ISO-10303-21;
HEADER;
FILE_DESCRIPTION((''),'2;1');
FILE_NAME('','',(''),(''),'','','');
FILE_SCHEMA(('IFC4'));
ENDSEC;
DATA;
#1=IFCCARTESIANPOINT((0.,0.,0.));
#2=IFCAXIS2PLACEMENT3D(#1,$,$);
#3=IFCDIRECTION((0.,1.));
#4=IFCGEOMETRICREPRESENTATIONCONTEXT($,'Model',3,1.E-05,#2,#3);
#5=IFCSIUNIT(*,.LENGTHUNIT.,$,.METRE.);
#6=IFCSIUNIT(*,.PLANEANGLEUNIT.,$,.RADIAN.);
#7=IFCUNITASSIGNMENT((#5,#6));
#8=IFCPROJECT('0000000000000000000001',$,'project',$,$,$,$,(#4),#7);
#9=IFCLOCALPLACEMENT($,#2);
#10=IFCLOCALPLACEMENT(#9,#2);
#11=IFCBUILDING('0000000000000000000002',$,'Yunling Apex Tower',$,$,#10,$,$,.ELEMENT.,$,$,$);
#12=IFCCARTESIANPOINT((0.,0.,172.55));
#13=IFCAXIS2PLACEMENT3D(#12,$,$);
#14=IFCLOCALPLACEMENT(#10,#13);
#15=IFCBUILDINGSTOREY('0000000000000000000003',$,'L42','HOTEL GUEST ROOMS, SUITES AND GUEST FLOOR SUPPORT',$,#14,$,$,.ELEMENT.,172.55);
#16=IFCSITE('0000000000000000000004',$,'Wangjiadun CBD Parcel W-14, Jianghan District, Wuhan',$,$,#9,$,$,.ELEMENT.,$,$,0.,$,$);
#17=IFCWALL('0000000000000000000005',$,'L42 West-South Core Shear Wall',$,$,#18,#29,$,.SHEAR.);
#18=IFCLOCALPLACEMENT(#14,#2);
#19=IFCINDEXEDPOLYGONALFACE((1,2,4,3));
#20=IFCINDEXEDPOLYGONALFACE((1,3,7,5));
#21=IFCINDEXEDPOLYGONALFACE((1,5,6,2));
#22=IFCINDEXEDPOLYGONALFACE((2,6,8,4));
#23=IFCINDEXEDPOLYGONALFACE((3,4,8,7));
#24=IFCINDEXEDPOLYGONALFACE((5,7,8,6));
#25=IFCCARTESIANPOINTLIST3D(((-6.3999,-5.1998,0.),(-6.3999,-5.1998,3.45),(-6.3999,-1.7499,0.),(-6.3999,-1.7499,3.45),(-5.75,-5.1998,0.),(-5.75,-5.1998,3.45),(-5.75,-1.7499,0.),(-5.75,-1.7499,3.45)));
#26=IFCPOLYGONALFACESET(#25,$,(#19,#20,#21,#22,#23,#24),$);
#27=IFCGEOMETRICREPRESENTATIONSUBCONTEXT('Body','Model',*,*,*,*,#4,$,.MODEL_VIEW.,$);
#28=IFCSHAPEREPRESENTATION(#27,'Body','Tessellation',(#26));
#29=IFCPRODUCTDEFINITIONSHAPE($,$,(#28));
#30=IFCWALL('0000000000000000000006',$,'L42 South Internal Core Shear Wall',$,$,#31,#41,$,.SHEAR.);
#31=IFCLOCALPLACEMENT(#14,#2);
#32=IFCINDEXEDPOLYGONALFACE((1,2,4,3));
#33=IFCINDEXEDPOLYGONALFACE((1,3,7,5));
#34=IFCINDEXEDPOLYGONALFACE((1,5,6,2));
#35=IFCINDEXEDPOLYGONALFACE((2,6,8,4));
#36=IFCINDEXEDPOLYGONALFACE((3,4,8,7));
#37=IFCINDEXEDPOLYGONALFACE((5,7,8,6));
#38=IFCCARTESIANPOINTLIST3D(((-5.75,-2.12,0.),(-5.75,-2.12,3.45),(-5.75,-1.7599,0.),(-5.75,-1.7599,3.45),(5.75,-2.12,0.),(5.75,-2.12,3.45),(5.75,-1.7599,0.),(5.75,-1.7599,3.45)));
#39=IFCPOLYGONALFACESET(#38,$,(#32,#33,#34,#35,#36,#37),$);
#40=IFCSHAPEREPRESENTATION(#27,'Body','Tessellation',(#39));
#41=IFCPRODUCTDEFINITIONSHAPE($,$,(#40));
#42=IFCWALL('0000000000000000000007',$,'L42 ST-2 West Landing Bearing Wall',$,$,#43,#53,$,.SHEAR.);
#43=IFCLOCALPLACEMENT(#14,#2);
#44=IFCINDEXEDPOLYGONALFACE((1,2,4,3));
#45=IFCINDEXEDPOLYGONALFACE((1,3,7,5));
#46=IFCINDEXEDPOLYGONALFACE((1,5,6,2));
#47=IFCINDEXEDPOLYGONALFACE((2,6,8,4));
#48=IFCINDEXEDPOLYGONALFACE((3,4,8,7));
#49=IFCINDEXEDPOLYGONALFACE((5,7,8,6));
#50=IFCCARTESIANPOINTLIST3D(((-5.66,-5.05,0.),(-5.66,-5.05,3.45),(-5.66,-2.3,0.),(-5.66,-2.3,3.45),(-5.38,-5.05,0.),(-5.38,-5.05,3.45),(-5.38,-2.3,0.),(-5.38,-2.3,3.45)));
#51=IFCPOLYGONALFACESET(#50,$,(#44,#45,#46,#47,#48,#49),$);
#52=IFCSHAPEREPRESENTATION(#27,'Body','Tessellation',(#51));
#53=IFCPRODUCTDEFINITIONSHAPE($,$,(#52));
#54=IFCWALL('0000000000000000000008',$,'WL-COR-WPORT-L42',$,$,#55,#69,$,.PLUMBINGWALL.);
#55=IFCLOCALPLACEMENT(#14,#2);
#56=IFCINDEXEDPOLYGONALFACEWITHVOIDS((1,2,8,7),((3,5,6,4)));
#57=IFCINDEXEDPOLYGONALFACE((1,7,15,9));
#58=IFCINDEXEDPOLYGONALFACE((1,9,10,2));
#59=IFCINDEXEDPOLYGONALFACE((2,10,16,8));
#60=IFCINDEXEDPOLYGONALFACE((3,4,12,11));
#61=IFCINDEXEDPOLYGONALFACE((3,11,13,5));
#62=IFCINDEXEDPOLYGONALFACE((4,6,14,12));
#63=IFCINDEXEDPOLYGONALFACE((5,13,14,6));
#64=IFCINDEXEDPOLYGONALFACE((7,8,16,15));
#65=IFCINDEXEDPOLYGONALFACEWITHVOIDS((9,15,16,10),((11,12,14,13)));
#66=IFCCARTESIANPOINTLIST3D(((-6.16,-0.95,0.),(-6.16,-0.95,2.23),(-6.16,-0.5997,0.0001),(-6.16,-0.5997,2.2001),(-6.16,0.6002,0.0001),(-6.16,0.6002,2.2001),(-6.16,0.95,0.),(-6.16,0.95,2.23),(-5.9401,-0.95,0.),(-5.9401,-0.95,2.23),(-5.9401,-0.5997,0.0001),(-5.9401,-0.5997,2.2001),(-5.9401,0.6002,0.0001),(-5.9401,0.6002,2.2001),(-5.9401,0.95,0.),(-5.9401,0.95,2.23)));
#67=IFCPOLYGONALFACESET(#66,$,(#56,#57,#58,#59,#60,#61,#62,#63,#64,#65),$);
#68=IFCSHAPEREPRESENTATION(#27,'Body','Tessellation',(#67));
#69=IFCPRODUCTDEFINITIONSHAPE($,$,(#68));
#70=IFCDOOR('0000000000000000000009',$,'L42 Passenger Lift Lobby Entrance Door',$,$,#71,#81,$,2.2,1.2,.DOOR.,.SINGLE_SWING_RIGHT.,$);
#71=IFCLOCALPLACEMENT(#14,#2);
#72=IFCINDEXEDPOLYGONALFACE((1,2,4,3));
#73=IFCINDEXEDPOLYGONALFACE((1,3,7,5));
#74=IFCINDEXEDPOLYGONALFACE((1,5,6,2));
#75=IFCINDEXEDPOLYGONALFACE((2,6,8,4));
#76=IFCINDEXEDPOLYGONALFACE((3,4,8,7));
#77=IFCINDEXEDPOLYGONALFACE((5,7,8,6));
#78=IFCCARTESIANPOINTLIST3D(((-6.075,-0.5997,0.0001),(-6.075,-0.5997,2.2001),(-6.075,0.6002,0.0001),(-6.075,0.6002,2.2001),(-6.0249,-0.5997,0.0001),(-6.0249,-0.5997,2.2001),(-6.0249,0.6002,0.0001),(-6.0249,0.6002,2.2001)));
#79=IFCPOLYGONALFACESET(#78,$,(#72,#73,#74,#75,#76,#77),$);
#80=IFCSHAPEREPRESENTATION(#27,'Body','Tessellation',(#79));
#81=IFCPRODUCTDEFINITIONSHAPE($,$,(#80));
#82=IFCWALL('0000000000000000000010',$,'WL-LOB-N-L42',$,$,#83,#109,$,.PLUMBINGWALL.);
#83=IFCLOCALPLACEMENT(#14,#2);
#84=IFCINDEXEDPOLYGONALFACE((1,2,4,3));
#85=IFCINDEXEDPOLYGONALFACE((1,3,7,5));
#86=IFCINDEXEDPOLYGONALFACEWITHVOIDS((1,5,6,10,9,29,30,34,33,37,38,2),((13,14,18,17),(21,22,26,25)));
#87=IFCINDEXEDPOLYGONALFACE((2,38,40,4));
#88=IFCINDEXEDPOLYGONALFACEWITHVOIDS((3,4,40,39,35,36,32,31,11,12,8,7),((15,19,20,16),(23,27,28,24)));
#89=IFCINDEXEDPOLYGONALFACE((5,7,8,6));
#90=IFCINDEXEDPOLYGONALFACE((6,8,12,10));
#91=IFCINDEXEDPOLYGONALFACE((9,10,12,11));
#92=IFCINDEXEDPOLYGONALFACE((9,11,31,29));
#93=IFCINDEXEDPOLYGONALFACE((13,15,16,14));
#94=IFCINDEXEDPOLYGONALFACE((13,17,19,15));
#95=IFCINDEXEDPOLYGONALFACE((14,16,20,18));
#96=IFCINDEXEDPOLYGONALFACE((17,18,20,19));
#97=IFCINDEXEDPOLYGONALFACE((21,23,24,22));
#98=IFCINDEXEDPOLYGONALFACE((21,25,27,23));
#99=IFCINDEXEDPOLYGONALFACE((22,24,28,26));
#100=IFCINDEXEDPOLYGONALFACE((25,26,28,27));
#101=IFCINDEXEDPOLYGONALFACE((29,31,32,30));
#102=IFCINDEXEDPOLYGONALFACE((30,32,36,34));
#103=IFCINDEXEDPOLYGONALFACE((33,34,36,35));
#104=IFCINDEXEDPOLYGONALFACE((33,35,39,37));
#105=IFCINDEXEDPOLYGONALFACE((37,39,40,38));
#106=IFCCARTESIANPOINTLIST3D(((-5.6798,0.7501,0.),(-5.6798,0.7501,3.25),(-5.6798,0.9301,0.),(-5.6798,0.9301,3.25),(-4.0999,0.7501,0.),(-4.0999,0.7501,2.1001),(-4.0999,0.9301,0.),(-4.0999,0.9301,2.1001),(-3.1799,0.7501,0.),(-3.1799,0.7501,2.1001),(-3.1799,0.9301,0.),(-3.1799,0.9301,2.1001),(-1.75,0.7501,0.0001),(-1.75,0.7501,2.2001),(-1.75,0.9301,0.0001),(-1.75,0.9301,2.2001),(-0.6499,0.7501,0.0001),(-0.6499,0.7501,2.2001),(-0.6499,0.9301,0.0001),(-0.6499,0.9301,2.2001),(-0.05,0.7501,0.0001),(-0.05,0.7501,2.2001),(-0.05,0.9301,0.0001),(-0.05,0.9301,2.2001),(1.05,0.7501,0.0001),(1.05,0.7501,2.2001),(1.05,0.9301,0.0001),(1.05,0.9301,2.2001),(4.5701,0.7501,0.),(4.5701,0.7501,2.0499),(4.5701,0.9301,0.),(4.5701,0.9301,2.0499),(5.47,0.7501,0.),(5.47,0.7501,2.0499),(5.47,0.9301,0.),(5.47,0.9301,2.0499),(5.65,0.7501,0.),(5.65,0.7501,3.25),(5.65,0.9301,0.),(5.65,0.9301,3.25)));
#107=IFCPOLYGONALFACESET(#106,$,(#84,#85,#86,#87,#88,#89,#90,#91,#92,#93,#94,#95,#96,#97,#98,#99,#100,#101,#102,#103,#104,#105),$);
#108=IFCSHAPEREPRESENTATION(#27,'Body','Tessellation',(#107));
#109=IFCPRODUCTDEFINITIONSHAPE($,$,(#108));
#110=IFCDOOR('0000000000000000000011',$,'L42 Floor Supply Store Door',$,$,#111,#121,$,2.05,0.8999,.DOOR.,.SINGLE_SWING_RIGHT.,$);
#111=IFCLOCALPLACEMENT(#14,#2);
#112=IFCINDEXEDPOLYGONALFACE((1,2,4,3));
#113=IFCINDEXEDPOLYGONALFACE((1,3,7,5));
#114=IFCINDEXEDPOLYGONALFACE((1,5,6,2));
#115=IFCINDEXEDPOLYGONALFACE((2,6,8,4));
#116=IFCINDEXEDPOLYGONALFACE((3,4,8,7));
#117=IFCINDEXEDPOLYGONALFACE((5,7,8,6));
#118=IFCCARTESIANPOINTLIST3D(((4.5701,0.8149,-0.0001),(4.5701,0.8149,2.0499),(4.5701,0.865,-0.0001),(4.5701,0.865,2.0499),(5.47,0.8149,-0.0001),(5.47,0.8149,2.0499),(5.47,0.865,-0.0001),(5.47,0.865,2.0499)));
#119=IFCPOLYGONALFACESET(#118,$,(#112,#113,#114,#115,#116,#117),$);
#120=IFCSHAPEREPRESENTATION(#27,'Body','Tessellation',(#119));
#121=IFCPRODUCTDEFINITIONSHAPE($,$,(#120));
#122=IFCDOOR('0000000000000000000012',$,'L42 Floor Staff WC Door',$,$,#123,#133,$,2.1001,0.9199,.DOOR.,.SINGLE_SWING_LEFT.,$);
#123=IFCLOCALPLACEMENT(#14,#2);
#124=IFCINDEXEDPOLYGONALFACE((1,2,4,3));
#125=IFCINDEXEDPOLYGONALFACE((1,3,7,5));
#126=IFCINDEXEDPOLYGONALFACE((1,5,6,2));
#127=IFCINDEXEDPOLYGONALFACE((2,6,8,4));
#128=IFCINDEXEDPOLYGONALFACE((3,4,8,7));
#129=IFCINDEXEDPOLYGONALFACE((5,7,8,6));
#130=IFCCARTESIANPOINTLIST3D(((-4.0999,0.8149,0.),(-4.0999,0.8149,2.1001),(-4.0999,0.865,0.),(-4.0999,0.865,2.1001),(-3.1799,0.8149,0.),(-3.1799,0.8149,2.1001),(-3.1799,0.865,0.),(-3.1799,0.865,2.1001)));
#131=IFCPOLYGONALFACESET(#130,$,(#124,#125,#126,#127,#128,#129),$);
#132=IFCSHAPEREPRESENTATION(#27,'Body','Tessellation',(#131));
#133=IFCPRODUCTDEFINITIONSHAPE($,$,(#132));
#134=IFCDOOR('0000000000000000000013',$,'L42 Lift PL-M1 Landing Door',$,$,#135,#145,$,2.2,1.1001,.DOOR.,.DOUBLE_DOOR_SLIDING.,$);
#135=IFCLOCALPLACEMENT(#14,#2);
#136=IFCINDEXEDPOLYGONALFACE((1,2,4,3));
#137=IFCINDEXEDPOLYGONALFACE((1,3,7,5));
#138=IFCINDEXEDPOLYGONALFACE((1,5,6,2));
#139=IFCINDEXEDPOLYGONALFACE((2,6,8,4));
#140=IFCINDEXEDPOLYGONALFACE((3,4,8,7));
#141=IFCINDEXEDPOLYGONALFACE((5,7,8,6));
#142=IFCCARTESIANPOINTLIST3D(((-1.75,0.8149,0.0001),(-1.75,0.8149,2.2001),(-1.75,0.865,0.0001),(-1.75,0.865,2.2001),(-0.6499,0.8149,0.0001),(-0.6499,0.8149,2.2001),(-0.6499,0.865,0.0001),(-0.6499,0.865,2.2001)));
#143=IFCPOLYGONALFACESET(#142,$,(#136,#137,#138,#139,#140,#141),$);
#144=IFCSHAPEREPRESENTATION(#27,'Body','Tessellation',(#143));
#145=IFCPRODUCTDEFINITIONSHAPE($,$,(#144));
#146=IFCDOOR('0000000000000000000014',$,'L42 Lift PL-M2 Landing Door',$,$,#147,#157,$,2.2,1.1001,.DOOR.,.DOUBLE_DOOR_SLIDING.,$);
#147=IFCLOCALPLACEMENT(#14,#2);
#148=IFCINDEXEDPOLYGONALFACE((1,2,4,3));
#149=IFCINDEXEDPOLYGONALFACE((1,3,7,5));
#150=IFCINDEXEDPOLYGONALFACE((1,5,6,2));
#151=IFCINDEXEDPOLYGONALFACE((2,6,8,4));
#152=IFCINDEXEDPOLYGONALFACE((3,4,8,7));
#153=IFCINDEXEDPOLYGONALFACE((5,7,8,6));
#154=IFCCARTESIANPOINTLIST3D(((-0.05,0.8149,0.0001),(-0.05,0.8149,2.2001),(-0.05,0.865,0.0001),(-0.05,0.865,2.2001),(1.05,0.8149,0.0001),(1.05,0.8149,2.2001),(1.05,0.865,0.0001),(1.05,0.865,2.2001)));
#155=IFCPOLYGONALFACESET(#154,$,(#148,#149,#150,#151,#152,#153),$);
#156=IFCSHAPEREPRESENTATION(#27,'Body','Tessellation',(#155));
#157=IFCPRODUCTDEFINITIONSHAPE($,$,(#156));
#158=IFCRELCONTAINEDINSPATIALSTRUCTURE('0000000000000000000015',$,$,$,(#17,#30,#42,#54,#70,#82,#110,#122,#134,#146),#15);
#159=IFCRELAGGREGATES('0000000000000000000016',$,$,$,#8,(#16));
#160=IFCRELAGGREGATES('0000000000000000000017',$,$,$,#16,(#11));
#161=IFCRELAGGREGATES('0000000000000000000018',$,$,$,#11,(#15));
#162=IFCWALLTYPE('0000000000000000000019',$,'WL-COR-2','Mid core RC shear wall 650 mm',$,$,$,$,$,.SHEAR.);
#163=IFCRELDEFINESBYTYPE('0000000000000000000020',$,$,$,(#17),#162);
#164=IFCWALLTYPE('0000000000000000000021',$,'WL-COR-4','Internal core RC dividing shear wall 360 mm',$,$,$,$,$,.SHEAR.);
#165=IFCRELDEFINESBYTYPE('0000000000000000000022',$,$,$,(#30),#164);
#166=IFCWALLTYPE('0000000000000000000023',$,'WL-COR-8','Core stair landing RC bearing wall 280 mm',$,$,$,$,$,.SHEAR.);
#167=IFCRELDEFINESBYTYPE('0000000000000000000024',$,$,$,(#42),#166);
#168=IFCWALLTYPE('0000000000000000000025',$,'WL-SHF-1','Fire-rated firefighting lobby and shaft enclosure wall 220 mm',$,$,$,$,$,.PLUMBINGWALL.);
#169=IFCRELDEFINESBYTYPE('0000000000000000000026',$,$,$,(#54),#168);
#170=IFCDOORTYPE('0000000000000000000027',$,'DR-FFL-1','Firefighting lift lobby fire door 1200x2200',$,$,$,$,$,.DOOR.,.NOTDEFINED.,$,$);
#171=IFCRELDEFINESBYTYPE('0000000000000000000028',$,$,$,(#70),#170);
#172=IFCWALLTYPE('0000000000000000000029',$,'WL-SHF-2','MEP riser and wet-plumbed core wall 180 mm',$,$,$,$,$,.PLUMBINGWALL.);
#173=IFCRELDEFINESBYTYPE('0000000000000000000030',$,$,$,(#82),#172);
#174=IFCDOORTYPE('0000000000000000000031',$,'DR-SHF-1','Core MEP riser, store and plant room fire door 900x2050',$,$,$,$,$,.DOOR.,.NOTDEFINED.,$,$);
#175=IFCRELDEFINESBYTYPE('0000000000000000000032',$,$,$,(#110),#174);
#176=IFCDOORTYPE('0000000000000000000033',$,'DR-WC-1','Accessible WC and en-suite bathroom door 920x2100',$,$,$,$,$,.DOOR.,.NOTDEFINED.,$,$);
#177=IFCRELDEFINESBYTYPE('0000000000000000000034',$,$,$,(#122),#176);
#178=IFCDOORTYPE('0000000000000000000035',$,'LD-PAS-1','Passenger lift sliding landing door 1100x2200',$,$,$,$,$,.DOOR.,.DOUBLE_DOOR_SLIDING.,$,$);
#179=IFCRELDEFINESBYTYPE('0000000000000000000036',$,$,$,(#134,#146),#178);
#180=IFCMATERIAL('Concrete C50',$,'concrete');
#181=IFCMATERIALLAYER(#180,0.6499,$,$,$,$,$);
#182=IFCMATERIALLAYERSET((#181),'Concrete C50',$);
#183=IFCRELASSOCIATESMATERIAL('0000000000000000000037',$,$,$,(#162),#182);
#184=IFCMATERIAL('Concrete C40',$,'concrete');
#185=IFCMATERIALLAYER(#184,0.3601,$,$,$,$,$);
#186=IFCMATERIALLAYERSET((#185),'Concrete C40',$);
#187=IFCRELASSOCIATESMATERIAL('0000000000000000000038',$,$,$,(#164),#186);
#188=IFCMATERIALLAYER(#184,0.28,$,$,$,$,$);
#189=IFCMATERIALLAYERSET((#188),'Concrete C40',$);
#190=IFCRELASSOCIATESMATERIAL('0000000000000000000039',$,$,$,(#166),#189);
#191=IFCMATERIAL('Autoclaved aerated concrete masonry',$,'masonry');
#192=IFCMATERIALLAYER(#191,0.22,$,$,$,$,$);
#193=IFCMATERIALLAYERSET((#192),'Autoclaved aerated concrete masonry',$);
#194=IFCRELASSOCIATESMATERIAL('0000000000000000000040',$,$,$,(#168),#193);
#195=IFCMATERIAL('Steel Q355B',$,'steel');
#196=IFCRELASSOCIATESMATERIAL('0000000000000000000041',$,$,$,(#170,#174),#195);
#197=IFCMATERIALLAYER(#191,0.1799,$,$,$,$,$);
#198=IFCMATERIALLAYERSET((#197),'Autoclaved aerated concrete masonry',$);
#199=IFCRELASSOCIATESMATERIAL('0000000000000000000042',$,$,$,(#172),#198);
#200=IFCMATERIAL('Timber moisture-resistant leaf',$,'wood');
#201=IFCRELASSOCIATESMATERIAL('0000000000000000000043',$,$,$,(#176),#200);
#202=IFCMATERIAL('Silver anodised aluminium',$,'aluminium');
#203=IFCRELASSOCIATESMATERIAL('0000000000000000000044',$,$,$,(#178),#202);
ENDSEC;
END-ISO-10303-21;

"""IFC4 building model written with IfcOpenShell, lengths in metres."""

from ifc_helpers import new_model, si_unit, direction, frame, frame_2d, origin, place, context, subcontext, project, spatial, rectangle, extrude, material, layer, layer_set, type_object, element, fill, save


model = new_model("IFC4")

# Units and contexts
model_context = context("Model", 3, precision=1e-05, world=origin(), true_north=direction((0.0, 1.0)))
body_context = subcontext(model_context, "Body", "Model", "MODEL_VIEW")
ifc_project = project(units=[si_unit("LENGTHUNIT", "METRE"), si_unit("PLANEANGLEUNIT", "RADIAN")], contexts=[model_context])

# Site, building, storey
site_placement = place(None, origin())
site = spatial("IfcSite", under=ifc_project, at=site_placement, Name="Wangjiadun CBD Parcel W-14, Jianghan District, Wuhan", CompositionType="ELEMENT", RefElevation=0.0)
building_placement = place(site_placement, origin())
building = spatial("IfcBuilding", under=site, at=building_placement, Name="Yunling Apex Tower", CompositionType="ELEMENT")
storey_placement = place(building_placement, frame((0.0, 0.0, 172.55)))
storey = spatial("IfcBuildingStorey", under=building, at=storey_placement, Name="L42", Description="HOTEL GUEST ROOMS, SUITES AND GUEST FLOOR SUPPORT", CompositionType="ELEMENT", Elevation=172.55)

# Shared definitions
ifc_material_1 = material(Name="Concrete C50", Category="concrete")

# Shared definitions
ifc_material_2 = material(Name="Steel Q355B", Category="steel")

# Walls
ifc_layer_1 = layer(ifc_material_1, 0.6499)
ifc_layer_set_1 = layer_set([ifc_layer_1], Name="Concrete C50")
wall_type_1 = type_object("IfcWallType", Name="WL-COR-2", Description="Mid core RC shear wall 650 mm", PredefinedType="SHEAR", material=ifc_layer_set_1)
wall_1_placement = place(storey_placement, frame((-6.075, -5.2, 0.0), z_axis=(0.0, 0.0, 1.0), x_axis=(0.0, 1.0, 0.0)))
element("IfcWall", 1, at=wall_1_placement, inside=storey, type_object=wall_type_1, Name="L42 West-South Core Shear Wall", PredefinedType="SHEAR", context=body_context, shape_type="SweptSolid", body=[
    extrude(rectangle(XDim=3.45, YDim=0.6499, at=frame_2d((1.7251, 0.0))), origin(), (0.0, 0.0, 1.0), 3.45),
])
ifc_material_3 = material(Name="Concrete C40", Category="concrete")
ifc_layer_2 = layer(ifc_material_3, 0.3601)
ifc_layer_set_2 = layer_set([ifc_layer_2], Name="Concrete C40")
wall_type_2 = type_object("IfcWallType", Name="WL-COR-4", Description="Internal core RC dividing shear wall 360 mm", PredefinedType="SHEAR", material=ifc_layer_set_2)
wall_2_placement = place(storey_placement, frame((-5.75, -1.9399, 0.0), z_axis=(0.0, 0.0, 1.0), x_axis=(1.0, 0.0, 0.0)))
element("IfcWall", 2, at=wall_2_placement, inside=storey, type_object=wall_type_2, Name="L42 South Internal Core Shear Wall", PredefinedType="SHEAR", context=body_context, shape_type="SweptSolid", body=[
    extrude(rectangle(XDim=11.5, YDim=0.3601, at=frame_2d((5.75, 0.0))), origin(), (0.0, 0.0, 1.0), 3.45),
])
ifc_layer_3 = layer(ifc_material_3, 0.28)
ifc_layer_set_3 = layer_set([ifc_layer_3], Name="Concrete C40")
wall_type_3 = type_object("IfcWallType", Name="WL-COR-8", Description="Core stair landing RC bearing wall 280 mm", PredefinedType="SHEAR", material=ifc_layer_set_3)
wall_3_placement = place(storey_placement, frame((-5.52, -5.05, 0.0), z_axis=(0.0, 0.0, 1.0), x_axis=(0.0, 1.0, 0.0)))
element("IfcWall", 3, at=wall_3_placement, inside=storey, type_object=wall_type_3, Name="L42 ST-2 West Landing Bearing Wall", PredefinedType="SHEAR", context=body_context, shape_type="SweptSolid", body=[
    extrude(rectangle(XDim=2.75, YDim=0.28, at=frame_2d((1.375, 0.0))), origin(), (0.0, 0.0, 1.0), 3.45),
])

# Wall, opening, door
ifc_material_4 = material(Name="Autoclaved aerated concrete masonry", Category="masonry")
ifc_layer_4 = layer(ifc_material_4, 0.22)
ifc_layer_set_4 = layer_set([ifc_layer_4], Name="Autoclaved aerated concrete masonry")
wall_type_4 = type_object("IfcWallType", Name="WL-SHF-1", Description="Fire-rated firefighting lobby and shaft enclosure wall 220 mm", PredefinedType="PLUMBINGWALL", material=ifc_layer_set_4)
wall_4_placement = place(storey_placement, frame((-6.05, -0.95, 0.0), z_axis=(0.0, 0.0, 1.0), x_axis=(0.0, 1.0, 0.0)))
wall_4 = element("IfcWall", 4, at=wall_4_placement, inside=storey, type_object=wall_type_4, Name="WL-COR-WPORT-L42", PredefinedType="PLUMBINGWALL", context=body_context, shape_type="SweptSolid", body=[
    extrude(rectangle(XDim=1.8999, YDim=0.22, at=frame_2d((0.95, 0.0))), origin(), (0.0, 0.0, 1.0), 2.23),
])
opening_1_placement = place(wall_4_placement, frame((0.3501, 0.0, 0.0)))
opening_1 = element("IfcOpeningElement", 5, at=opening_1_placement, cuts=wall_4, PredefinedType="OPENING", context=body_context, shape_type="SweptSolid", body=[
    extrude(rectangle(XDim=1.2, YDim=2.2, at=frame_2d((0.6001, 1.1001))), frame((0.0, 0.1201, 0.0), z_axis=(0.0, -1.0, 0.0), x_axis=(1.0, 0.0, 0.0)), (0.0, 0.0, 1.0), 0.24),
])
door_type_1 = type_object("IfcDoorType", Name="DR-FFL-1", Description="Firefighting lift lobby fire door 1200x2200", OperationType="NOTDEFINED", PredefinedType="DOOR", material=ifc_material_2)
door_1_placement = place(opening_1_placement, origin())
door_1 = element("IfcDoor", 6, at=door_1_placement, inside=storey, type_object=door_type_1, Name="L42 Passenger Lift Lobby Entrance Door", OperationType="SINGLE_SWING_RIGHT", OverallHeight=2.2, OverallWidth=1.2, PredefinedType="DOOR", context=body_context, shape_type="SweptSolid", body=[
    extrude(rectangle(XDim=1.2, YDim=2.2, at=frame_2d((0.6001, 1.1001))), frame((0.0, 0.0249, 0.0), z_axis=(0.0, -1.0, 0.0), x_axis=(1.0, 0.0, 0.0)), (0.0, 0.0, 1.0), 0.05),
])
fill(opening_1, door_1)

# Wall, openings, doors
ifc_layer_5 = layer(ifc_material_4, 0.1799)
ifc_layer_set_5 = layer_set([ifc_layer_5], Name="Autoclaved aerated concrete masonry")
wall_type_5 = type_object("IfcWallType", Name="WL-SHF-2", Description="MEP riser and wet-plumbed core wall 180 mm", PredefinedType="PLUMBINGWALL", material=ifc_layer_set_5)
wall_5_placement = place(storey_placement, frame((-5.6799, 0.8401, 0.0), z_axis=(0.0, 0.0, 1.0), x_axis=(1.0, 0.0, 0.0)))
wall_5 = element("IfcWall", 7, at=wall_5_placement, inside=storey, type_object=wall_type_5, Name="WL-LOB-N-L42", PredefinedType="PLUMBINGWALL", context=body_context, shape_type="SweptSolid", body=[
    extrude(rectangle(XDim=11.3298, YDim=0.1799, at=frame_2d((5.665, 0.0))), origin(), (0.0, 0.0, 1.0), 3.25),
])
opening_2_placement = place(wall_5_placement, frame((1.5801, 0.0, 0.0)))
opening_2 = element("IfcOpeningElement", 8, at=opening_2_placement, cuts=wall_5, PredefinedType="OPENING", context=body_context, shape_type="SweptSolid", body=[
    extrude(rectangle(XDim=0.9199, YDim=2.1001, at=frame_2d((0.46, 1.05))), frame((0.0, 0.1001, 0.0), z_axis=(0.0, -1.0, 0.0), x_axis=(1.0, 0.0, 0.0)), (0.0, 0.0, 1.0), 0.2),
])
opening_3_placement = place(wall_5_placement, frame((3.9299, 0.0, 0.0)))
opening_3 = element("IfcOpeningElement", 9, at=opening_3_placement, cuts=wall_5, PredefinedType="OPENING", context=body_context, shape_type="SweptSolid", body=[
    extrude(rectangle(XDim=1.1001, YDim=2.2, at=frame_2d((0.55, 1.1001))), frame((0.0, 0.1001, 0.0), z_axis=(0.0, -1.0, 0.0), x_axis=(1.0, 0.0, 0.0)), (0.0, 0.0, 1.0), 0.2),
])
opening_4_placement = place(wall_5_placement, frame((5.6299, 0.0, 0.0)))
opening_4 = element("IfcOpeningElement", 10, at=opening_4_placement, cuts=wall_5, PredefinedType="OPENING", context=body_context, shape_type="SweptSolid", body=[
    extrude(rectangle(XDim=1.1001, YDim=2.2, at=frame_2d((0.55, 1.1001))), frame((0.0, 0.1001, 0.0), z_axis=(0.0, -1.0, 0.0), x_axis=(1.0, 0.0, 0.0)), (0.0, 0.0, 1.0), 0.2),
])
opening_5_placement = place(wall_5_placement, frame((10.25, 0.0, 0.0)))
opening_5 = element("IfcOpeningElement", 11, at=opening_5_placement, cuts=wall_5, PredefinedType="OPENING", context=body_context, shape_type="SweptSolid", body=[
    extrude(rectangle(XDim=0.8999, YDim=2.05, at=frame_2d((0.45, 1.0249))), frame((0.0, 0.1001, 0.0), z_axis=(0.0, -1.0, 0.0), x_axis=(1.0, 0.0, 0.0)), (0.0, 0.0, 1.0), 0.2),
])
door_type_2 = type_object("IfcDoorType", Name="DR-SHF-1", Description="Core MEP riser, store and plant room fire door 900x2050", OperationType="NOTDEFINED", PredefinedType="DOOR", material=ifc_material_2)
door_2_placement = place(opening_5_placement, origin())
door_2 = element("IfcDoor", 12, at=door_2_placement, inside=storey, type_object=door_type_2, Name="L42 Floor Supply Store Door", OperationType="SINGLE_SWING_RIGHT", OverallHeight=2.05, OverallWidth=0.8999, PredefinedType="DOOR", context=body_context, shape_type="SweptSolid", body=[
    extrude(rectangle(XDim=0.8999, YDim=2.05, at=frame_2d((0.45, 1.0249))), frame((0.0, 0.0249, 0.0), z_axis=(0.0, -1.0, 0.0), x_axis=(1.0, 0.0, 0.0)), (0.0, 0.0, 1.0), 0.05),
])
fill(opening_5, door_2)
ifc_material_5 = material(Name="Timber moisture-resistant leaf", Category="wood")
door_type_3 = type_object("IfcDoorType", Name="DR-WC-1", Description="Accessible WC and en-suite bathroom door 920x2100", OperationType="NOTDEFINED", PredefinedType="DOOR", material=ifc_material_5)
door_3_placement = place(opening_2_placement, origin())
door_3 = element("IfcDoor", 13, at=door_3_placement, inside=storey, type_object=door_type_3, Name="L42 Floor Staff WC Door", OperationType="SINGLE_SWING_LEFT", OverallHeight=2.1001, OverallWidth=0.9199, PredefinedType="DOOR", context=body_context, shape_type="SweptSolid", body=[
    extrude(rectangle(XDim=0.9199, YDim=2.1001, at=frame_2d((0.46, 1.05))), frame((0.0, 0.0249, 0.0), z_axis=(0.0, -1.0, 0.0), x_axis=(1.0, 0.0, 0.0)), (0.0, 0.0, 1.0), 0.05),
])
fill(opening_2, door_3)
ifc_material_6 = material(Name="Silver anodised aluminium", Category="aluminium")
door_type_4 = type_object("IfcDoorType", Name="LD-PAS-1", Description="Passenger lift sliding landing door 1100x2200", OperationType="DOUBLE_DOOR_SLIDING", PredefinedType="DOOR", material=ifc_material_6)
door_4_placement = place(opening_3_placement, origin())
door_4 = element("IfcDoor", 14, at=door_4_placement, inside=storey, type_object=door_type_4, Name="L42 Lift PL-M1 Landing Door", OperationType="DOUBLE_DOOR_SLIDING", OverallHeight=2.2, OverallWidth=1.1001, PredefinedType="DOOR", context=body_context, shape_type="SweptSolid", body=[
    extrude(rectangle(XDim=1.1001, YDim=2.2, at=frame_2d((0.55, 1.1001))), frame((0.0, 0.0249, 0.0), z_axis=(0.0, -1.0, 0.0), x_axis=(1.0, 0.0, 0.0)), (0.0, 0.0, 1.0), 0.05),
])
fill(opening_3, door_4)
door_5_placement = place(opening_4_placement, origin())
door_5 = element("IfcDoor", 15, at=door_5_placement, inside=storey, type_object=door_type_4, Name="L42 Lift PL-M2 Landing Door", OperationType="DOUBLE_DOOR_SLIDING", OverallHeight=2.2, OverallWidth=1.1001, PredefinedType="DOOR", context=body_context, shape_type="SweptSolid", body=[
    extrude(rectangle(XDim=1.1001, YDim=2.2, at=frame_2d((0.55, 1.1001))), frame((0.0, 0.0249, 0.0), z_axis=(0.0, -1.0, 0.0), x_axis=(1.0, 0.0, 0.0)), (0.0, 0.0, 1.0), 0.05),
])
fill(opening_4, door_5)

save(model, "model.ifc")
